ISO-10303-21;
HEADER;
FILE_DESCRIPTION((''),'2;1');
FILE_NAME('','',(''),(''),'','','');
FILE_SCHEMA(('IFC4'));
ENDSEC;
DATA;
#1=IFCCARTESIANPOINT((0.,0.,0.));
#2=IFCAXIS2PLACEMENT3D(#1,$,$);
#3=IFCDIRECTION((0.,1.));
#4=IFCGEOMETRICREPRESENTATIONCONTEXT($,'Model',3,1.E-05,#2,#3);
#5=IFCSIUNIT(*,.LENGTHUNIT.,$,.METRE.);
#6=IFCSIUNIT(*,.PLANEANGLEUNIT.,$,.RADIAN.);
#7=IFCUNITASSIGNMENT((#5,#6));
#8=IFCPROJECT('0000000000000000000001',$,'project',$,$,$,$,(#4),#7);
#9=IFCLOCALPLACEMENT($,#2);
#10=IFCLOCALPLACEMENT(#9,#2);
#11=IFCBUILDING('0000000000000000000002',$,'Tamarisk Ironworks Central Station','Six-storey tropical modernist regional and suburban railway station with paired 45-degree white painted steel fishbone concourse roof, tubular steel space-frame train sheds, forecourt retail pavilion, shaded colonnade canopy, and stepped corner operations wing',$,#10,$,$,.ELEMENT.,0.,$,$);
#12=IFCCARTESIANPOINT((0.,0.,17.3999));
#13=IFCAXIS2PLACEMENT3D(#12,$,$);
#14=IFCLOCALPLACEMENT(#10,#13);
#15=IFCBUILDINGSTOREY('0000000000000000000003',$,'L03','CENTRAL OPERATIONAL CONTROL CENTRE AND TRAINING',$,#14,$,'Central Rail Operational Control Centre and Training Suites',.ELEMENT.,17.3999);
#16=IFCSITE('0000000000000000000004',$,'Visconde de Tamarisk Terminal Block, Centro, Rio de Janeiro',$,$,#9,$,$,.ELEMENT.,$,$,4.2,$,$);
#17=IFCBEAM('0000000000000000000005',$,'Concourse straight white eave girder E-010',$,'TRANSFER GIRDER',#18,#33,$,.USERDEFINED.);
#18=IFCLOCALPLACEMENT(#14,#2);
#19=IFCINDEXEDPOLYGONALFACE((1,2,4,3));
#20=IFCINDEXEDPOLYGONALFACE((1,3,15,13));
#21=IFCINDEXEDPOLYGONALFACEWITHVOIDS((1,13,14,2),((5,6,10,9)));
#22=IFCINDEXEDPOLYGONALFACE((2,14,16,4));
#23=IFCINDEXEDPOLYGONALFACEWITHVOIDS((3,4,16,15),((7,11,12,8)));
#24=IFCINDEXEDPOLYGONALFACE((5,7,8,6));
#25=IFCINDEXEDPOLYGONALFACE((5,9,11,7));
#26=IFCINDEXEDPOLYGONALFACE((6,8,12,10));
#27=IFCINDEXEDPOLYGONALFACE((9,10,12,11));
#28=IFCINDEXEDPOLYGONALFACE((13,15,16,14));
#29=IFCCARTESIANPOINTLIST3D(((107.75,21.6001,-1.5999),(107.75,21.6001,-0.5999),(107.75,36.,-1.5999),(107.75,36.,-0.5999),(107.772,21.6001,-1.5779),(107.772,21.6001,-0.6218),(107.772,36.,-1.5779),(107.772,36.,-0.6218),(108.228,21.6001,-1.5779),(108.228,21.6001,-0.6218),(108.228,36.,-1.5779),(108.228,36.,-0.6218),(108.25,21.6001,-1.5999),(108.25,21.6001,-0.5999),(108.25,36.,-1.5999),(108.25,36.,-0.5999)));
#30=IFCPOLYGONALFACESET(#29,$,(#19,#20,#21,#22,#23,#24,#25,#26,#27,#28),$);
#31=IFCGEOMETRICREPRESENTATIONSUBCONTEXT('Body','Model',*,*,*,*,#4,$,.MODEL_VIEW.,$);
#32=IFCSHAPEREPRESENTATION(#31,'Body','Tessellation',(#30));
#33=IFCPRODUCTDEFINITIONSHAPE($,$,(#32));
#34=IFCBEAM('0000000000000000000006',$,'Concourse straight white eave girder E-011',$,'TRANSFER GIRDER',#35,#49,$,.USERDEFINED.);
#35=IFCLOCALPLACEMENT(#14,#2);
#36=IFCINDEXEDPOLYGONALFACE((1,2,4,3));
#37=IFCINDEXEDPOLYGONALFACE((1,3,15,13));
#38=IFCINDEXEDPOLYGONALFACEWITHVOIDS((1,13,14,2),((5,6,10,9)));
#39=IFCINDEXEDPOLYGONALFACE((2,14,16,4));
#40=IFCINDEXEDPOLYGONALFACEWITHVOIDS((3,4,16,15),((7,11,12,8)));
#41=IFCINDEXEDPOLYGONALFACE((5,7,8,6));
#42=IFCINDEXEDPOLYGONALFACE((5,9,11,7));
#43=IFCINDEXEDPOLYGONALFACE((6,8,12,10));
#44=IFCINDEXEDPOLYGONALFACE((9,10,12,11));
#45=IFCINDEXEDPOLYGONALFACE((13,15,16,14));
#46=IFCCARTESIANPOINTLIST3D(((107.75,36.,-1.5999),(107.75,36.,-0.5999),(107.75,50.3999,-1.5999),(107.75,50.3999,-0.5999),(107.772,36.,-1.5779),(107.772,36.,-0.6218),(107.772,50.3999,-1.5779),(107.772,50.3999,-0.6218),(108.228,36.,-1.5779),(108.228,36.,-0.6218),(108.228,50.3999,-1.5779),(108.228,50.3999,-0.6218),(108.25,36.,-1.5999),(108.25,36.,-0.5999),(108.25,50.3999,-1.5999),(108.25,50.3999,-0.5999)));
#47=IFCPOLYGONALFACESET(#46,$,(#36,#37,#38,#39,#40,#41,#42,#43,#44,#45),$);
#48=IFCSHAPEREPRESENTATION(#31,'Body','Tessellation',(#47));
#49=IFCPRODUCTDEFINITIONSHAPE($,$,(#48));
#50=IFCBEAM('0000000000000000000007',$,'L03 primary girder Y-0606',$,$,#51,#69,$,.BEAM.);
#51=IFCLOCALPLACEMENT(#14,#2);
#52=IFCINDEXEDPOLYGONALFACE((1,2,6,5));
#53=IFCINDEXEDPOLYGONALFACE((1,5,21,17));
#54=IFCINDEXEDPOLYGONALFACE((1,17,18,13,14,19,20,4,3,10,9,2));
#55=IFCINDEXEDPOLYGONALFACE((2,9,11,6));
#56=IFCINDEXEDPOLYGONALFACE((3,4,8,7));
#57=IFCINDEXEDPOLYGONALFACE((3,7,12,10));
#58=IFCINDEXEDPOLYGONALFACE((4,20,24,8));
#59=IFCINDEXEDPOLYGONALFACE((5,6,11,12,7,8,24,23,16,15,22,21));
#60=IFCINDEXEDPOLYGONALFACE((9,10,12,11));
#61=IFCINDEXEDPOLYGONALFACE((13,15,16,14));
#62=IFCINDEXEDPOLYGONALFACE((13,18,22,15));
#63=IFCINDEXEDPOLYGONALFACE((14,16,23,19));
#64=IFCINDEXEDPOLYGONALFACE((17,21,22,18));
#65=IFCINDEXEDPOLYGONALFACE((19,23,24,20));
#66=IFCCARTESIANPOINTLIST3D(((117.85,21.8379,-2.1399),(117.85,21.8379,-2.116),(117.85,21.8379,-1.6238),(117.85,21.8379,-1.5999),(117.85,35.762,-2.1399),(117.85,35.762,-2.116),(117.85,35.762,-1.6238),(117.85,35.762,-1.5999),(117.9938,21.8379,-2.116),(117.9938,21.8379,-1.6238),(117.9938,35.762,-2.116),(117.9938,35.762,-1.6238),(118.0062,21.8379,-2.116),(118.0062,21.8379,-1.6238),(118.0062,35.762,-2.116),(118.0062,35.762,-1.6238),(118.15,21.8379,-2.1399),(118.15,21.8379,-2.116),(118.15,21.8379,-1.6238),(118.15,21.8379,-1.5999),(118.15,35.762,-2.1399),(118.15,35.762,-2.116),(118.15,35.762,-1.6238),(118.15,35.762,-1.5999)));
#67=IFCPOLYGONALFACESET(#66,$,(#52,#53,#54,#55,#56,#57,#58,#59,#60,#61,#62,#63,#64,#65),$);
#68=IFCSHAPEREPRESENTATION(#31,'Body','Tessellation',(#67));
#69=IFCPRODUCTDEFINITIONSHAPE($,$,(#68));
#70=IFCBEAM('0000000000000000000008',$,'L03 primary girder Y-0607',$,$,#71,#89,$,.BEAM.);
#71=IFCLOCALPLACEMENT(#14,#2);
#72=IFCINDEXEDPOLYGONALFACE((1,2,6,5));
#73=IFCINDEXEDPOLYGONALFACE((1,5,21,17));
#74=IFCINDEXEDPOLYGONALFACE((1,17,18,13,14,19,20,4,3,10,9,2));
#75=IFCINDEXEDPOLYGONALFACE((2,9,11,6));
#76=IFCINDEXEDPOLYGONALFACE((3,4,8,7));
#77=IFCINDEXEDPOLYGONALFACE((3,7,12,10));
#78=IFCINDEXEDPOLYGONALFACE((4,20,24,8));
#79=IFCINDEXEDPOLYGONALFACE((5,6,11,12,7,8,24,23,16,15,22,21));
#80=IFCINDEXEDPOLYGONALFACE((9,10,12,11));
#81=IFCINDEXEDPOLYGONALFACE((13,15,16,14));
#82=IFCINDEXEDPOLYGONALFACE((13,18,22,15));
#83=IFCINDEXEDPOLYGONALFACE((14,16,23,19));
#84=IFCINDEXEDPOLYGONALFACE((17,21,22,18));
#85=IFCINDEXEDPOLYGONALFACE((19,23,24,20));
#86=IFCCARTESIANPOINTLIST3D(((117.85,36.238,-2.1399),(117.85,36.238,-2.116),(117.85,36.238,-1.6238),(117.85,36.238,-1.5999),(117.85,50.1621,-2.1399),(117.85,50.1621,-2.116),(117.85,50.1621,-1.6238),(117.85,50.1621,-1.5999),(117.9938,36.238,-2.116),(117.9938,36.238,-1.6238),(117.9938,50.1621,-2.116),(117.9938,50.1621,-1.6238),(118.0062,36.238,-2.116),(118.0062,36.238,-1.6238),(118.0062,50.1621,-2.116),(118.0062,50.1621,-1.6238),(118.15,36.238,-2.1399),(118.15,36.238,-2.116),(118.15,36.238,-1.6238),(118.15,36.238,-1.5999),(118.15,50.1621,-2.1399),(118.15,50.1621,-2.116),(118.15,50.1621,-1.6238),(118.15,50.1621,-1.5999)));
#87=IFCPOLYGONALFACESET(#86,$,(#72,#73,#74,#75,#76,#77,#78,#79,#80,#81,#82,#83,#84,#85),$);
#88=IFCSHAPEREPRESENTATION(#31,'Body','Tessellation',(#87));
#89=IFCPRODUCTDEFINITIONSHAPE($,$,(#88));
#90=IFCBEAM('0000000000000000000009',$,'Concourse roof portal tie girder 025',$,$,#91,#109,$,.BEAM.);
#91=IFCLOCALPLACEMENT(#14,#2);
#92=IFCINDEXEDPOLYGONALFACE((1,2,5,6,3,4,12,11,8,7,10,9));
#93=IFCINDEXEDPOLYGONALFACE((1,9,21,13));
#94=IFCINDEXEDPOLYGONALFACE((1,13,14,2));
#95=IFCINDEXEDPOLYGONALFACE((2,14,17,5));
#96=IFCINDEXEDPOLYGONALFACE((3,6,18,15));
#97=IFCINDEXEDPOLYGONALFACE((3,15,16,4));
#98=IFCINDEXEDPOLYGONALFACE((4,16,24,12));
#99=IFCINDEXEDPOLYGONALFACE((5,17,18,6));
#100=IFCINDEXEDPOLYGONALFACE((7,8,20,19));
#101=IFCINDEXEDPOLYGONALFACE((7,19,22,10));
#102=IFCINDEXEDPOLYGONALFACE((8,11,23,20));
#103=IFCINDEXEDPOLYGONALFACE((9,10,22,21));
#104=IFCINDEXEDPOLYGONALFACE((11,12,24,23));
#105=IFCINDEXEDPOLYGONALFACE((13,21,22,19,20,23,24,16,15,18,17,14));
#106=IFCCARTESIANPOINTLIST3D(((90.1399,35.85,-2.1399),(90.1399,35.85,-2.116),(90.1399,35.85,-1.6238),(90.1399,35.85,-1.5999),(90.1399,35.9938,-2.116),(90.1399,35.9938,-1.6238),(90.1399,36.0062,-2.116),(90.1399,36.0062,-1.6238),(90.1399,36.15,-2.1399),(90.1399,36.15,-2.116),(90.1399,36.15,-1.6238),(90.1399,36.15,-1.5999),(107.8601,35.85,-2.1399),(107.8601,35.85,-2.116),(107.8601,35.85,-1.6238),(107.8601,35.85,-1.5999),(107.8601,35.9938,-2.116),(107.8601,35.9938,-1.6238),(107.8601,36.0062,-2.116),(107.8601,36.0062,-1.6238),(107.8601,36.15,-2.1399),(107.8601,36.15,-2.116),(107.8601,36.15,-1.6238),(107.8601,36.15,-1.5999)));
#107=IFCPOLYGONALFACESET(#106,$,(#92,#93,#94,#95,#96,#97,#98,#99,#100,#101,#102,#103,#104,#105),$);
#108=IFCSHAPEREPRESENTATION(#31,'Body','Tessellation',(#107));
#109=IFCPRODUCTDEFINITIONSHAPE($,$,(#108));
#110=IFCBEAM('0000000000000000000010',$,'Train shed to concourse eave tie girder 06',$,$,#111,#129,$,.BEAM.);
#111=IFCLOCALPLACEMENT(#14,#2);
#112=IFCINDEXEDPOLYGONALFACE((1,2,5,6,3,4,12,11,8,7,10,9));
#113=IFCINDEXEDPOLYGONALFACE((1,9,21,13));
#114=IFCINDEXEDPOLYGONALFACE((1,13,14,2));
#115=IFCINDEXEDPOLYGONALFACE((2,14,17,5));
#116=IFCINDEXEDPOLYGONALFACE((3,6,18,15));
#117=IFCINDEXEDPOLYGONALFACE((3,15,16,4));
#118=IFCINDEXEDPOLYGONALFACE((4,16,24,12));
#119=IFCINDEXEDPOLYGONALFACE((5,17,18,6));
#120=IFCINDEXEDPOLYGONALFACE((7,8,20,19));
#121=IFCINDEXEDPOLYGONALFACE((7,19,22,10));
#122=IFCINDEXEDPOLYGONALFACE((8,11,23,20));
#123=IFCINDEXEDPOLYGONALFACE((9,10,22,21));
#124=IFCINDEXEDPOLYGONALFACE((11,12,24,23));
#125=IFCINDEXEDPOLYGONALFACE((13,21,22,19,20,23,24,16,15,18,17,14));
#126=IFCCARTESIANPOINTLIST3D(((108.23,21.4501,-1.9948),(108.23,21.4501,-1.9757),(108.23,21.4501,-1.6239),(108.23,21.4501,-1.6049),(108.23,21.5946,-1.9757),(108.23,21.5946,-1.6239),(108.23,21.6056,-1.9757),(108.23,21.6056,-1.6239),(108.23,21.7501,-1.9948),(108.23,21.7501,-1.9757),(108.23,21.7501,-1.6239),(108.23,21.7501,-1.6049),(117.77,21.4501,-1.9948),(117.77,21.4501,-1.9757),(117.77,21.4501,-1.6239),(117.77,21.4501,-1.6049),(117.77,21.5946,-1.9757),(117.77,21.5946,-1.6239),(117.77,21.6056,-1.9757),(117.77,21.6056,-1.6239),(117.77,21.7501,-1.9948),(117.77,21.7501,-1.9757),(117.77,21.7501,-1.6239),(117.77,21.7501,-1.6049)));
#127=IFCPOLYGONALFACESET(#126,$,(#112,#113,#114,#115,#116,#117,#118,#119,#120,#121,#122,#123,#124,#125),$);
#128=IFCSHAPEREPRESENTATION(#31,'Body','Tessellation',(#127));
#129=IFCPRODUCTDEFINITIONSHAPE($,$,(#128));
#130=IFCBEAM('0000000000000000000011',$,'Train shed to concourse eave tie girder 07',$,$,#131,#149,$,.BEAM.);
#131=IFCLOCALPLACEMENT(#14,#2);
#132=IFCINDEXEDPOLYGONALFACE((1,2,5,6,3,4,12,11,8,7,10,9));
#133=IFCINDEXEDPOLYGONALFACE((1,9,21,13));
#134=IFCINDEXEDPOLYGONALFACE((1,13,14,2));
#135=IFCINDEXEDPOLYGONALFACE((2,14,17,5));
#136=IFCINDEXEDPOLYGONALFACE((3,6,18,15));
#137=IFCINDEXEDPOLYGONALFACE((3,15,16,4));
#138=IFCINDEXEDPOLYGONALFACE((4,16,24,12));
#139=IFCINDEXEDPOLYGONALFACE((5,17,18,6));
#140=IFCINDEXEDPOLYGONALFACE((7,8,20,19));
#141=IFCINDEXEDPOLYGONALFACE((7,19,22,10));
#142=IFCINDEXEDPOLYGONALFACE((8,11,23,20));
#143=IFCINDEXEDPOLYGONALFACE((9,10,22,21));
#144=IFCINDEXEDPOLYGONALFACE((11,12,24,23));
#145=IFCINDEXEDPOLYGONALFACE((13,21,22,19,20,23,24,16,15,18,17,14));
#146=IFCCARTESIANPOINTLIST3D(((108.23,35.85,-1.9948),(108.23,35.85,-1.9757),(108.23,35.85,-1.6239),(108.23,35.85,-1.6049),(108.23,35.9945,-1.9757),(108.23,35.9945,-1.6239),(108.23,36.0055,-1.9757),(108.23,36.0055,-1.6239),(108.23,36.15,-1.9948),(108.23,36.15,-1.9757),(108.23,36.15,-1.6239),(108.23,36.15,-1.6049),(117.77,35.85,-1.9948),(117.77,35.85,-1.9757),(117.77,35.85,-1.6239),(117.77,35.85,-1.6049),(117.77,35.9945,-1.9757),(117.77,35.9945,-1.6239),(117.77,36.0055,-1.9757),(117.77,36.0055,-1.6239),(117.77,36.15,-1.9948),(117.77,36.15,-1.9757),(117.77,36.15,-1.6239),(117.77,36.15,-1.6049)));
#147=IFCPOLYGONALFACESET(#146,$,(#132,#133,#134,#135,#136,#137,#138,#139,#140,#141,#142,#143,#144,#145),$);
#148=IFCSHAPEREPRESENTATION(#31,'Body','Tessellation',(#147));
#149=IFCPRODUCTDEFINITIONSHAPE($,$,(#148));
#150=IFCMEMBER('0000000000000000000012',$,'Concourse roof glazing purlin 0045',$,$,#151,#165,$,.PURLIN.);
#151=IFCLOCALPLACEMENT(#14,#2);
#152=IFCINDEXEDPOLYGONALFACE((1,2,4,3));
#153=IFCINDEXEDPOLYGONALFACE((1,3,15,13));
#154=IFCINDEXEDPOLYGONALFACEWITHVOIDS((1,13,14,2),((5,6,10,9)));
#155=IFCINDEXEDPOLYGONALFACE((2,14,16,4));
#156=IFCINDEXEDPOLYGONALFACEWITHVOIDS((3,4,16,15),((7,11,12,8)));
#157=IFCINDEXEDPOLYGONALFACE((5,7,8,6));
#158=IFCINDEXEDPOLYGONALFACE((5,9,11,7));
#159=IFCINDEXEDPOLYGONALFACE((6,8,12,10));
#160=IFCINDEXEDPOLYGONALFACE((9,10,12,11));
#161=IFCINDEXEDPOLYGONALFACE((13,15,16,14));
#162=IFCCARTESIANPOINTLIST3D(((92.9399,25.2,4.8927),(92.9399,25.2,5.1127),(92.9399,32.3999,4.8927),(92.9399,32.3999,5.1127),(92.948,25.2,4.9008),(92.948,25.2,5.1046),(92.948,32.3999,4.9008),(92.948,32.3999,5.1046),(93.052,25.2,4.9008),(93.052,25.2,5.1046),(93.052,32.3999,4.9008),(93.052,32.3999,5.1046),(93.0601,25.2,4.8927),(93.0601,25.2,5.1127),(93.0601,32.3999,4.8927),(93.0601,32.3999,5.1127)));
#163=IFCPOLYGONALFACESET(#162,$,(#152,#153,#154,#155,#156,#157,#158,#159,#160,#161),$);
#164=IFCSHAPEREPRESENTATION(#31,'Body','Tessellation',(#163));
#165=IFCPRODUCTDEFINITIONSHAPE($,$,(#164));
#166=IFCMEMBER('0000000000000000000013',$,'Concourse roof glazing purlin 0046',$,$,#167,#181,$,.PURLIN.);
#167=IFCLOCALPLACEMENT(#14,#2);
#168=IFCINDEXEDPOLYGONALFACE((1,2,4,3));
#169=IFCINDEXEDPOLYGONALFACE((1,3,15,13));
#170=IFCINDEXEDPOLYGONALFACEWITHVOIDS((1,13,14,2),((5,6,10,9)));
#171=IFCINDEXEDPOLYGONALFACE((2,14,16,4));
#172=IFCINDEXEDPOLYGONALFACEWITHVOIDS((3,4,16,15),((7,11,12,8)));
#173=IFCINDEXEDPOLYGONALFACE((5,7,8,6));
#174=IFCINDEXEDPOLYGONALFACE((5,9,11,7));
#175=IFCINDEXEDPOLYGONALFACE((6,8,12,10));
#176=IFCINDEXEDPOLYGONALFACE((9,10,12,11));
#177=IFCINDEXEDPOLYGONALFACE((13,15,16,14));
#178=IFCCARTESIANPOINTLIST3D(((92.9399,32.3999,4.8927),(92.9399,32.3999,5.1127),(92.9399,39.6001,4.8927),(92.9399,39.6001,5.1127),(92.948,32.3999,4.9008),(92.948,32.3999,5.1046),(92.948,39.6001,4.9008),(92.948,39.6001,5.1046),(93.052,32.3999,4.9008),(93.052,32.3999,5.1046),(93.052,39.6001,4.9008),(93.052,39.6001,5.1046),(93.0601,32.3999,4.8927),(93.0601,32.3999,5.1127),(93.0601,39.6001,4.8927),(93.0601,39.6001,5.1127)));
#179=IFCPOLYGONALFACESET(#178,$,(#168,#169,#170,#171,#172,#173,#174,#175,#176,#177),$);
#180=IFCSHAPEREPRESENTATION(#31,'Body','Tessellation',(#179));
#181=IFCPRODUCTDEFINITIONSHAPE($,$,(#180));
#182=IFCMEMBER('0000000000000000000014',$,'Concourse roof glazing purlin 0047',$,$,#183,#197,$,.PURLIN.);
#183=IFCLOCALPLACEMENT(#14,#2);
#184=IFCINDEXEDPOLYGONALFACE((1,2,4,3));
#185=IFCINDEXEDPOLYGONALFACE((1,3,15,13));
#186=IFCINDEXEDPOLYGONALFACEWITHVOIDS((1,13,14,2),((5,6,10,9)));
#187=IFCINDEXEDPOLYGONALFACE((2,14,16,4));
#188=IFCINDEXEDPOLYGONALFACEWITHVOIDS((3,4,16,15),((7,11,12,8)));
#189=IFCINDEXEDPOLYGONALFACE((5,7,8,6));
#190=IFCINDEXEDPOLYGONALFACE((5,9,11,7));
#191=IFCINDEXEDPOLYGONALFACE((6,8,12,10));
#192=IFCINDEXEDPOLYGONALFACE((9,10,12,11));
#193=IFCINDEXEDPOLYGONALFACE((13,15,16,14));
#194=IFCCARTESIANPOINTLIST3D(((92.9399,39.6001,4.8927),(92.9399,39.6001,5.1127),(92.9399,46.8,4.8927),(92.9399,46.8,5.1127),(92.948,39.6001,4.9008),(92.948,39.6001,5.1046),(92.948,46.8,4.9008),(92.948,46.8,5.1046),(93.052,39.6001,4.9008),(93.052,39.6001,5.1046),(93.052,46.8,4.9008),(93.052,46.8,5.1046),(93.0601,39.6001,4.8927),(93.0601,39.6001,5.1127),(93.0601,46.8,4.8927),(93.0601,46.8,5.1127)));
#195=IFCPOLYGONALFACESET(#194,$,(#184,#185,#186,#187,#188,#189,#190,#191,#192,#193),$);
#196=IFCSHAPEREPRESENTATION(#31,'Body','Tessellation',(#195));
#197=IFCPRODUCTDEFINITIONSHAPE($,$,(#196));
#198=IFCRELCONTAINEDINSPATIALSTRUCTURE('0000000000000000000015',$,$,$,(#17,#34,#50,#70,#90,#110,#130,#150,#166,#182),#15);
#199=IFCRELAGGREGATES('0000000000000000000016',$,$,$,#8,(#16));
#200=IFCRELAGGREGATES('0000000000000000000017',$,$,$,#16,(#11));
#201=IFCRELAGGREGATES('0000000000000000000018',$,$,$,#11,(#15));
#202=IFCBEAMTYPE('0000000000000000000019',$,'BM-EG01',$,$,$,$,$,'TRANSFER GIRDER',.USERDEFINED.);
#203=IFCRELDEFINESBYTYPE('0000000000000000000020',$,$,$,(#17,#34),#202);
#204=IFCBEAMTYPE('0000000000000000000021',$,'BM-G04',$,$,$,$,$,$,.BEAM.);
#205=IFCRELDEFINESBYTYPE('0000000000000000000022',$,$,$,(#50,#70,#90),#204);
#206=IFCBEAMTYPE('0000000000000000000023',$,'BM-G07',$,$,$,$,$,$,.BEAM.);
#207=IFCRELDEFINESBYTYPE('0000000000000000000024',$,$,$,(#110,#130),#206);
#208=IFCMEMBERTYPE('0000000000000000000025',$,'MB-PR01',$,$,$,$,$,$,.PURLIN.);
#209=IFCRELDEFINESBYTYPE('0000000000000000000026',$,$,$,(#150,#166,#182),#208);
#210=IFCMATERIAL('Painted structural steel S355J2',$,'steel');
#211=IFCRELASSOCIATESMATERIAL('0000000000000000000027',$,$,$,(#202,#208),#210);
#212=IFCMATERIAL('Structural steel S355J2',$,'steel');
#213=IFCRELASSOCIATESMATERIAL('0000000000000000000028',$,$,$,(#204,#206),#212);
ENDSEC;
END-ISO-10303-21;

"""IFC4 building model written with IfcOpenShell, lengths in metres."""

from ifc_helpers import new_model, si_unit, direction, frame, origin, origin_2d, place, context, subcontext, project, spatial, hollow_rectangle, i_section, extrude, material, material_profile, profile_set, type_object, element, save


model = new_model("IFC4")

# Units and contexts
model_context = context("Model", 3, precision=1e-05, world=origin(), true_north=direction((0.0, 1.0)))
body_context = subcontext(model_context, "Body", "Model", "MODEL_VIEW")
ifc_project = project(units=[si_unit("LENGTHUNIT", "METRE"), si_unit("PLANEANGLEUNIT", "RADIAN")], contexts=[model_context])

# Site, building, storey
site_placement = place(None, origin())
site = spatial("IfcSite", under=ifc_project, at=site_placement, Name="Visconde de Tamarisk Terminal Block, Centro, Rio de Janeiro", CompositionType="ELEMENT", RefElevation=4.2)
building_placement = place(site_placement, origin())
building = spatial("IfcBuilding", under=site, at=building_placement, Name="Tamarisk Ironworks Central Station", Description="Six-storey tropical modernist regional and suburban railway station with paired 45-degree white painted steel fishbone concourse roof, tubular steel space-frame train sheds, forecourt retail pavilion, shaded colonnade canopy, and stepped corner operations wing", CompositionType="ELEMENT", ElevationOfRefHeight=0.0)
storey_placement = place(building_placement, frame((0.0, 0.0, 17.3999)))
storey = spatial("IfcBuildingStorey", under=building, at=storey_placement, Name="L03", Description="CENTRAL OPERATIONAL CONTROL CENTRE AND TRAINING", LongName="Central Rail Operational Control Centre and Training Suites", CompositionType="ELEMENT", Elevation=17.3999)

# Beams
ifc_material_1 = material(Name="Painted structural steel S355J2", Category="steel")
ifc_material_profile_1 = material_profile(ifc_material_1, hollow_rectangle(XDim=0.5, YDim=1.0, WallThickness=0.022, at=origin_2d()), Name="BOX 500x1000x22")
ifc_profile_set_1 = profile_set([ifc_material_profile_1], Name="Painted structural steel S355J2")
beam_type_1 = type_object("IfcBeamType", Name="BM-EG01", ElementType="TRANSFER GIRDER", PredefinedType="USERDEFINED", material=ifc_profile_set_1)
for number, where, z_axis, x_axis, name in (
    (1, (108.0, 21.6001, -1.0999), (0.0, 1.0, 0.0), (-1.0, 0.0, 0.0), "Concourse straight white eave girder E-010"),
    (2, (108.0, 36.0, -1.0999), (0.0, 1.0, 0.0), (-1.0, 0.0, 0.0), "Concourse straight white eave girder E-011"),
):
    element("IfcBeam", number, at=place(storey_placement, frame(where, z_axis=z_axis, x_axis=x_axis)), inside=storey, type_object=beam_type_1, Name=name, ObjectType="TRANSFER GIRDER", PredefinedType="USERDEFINED", context=body_context, shape_type="SweptSolid", body=[
        extrude(hollow_rectangle(XDim=0.5, YDim=1.0, WallThickness=0.022, at=origin_2d()), origin(), (0.0, 0.0, 1.0), 14.3999),
    ])
ifc_material_2 = material(Name="Structural steel S355J2", Category="steel")
ifc_material_profile_2 = material_profile(ifc_material_2, i_section(OverallWidth=0.3, OverallDepth=0.54, WebThickness=0.0125, FlangeThickness=0.0239, at=origin_2d()), Name="HEA 550")
ifc_profile_set_2 = profile_set([ifc_material_profile_2], Name="Structural steel S355J2")
beam_type_2 = type_object("IfcBeamType", Name="BM-G04", PredefinedType="BEAM", material=ifc_profile_set_2)
for number, where, z_axis, x_axis, name in (
    (3, (118.0, 21.8379, -1.8699), (0.0, 1.0, 0.0), (-1.0, 0.0, 0.0), "L03 primary girder Y-0606"),
    (4, (118.0, 36.238, -1.8699), (0.0, 1.0, 0.0), (-1.0, 0.0, 0.0), "L03 primary girder Y-0607"),
):
    element("IfcBeam", number, at=place(storey_placement, frame(where, z_axis=z_axis, x_axis=x_axis)), inside=storey, type_object=beam_type_2, Name=name, PredefinedType="BEAM", context=body_context, shape_type="SweptSolid", body=[
        extrude(i_section(OverallWidth=0.3, OverallDepth=0.54, WebThickness=0.0125, FlangeThickness=0.0239, at=origin_2d()), origin(), (0.0, 0.0, 1.0), 13.9241),
    ])
beam_placement = place(storey_placement, frame((90.1399, 36.0, -1.8699), z_axis=(1.0, 0.0, 0.0), x_axis=(0.0, 1.0, 0.0)))
element("IfcBeam", 5, at=beam_placement, inside=storey, type_object=beam_type_2, Name="Concourse roof portal tie girder 025", PredefinedType="BEAM", context=body_context, shape_type="SweptSolid", body=[
    extrude(i_section(OverallWidth=0.3, OverallDepth=0.54, WebThickness=0.0125, FlangeThickness=0.0239, at=origin_2d()), origin(), (0.0, 0.0, 1.0), 17.7202),
])
ifc_material_profile_3 = material_profile(ifc_material_2, i_section(OverallWidth=0.3, OverallDepth=0.3899, WebThickness=0.011, FlangeThickness=0.019, at=origin_2d()), Name="HEA 400")
ifc_profile_set_3 = profile_set([ifc_material_profile_3], Name="Structural steel S355J2")
beam_type_3 = type_object("IfcBeamType", Name="BM-G07", PredefinedType="BEAM", material=ifc_profile_set_3)
for number, where, z_axis, x_axis, name in (
    (6, (108.23, 21.6001, -1.7998), (1.0, 0.0, 0.0), (0.0, 1.0, 0.0), "Train shed to concourse eave tie girder 06"),
    (7, (108.23, 36.0, -1.7998), (1.0, 0.0, 0.0), (0.0, 1.0, 0.0), "Train shed to concourse eave tie girder 07"),
):
    element("IfcBeam", number, at=place(storey_placement, frame(where, z_axis=z_axis, x_axis=x_axis)), inside=storey, type_object=beam_type_3, Name=name, PredefinedType="BEAM", context=body_context, shape_type="SweptSolid", body=[
        extrude(i_section(OverallWidth=0.3, OverallDepth=0.3899, WebThickness=0.011, FlangeThickness=0.019, at=origin_2d()), origin(), (0.0, 0.0, 1.0), 9.54),
    ])

# Members
ifc_material_profile_4 = material_profile(ifc_material_1, hollow_rectangle(XDim=0.1201, YDim=0.22, WallThickness=0.0081, at=origin_2d()), Name="RHS 220x120x8")
ifc_profile_set_4 = profile_set([ifc_material_profile_4], Name="Painted structural steel S355J2")
member_type_1 = type_object("IfcMemberType", Name="MB-PR01", PredefinedType="PURLIN", material=ifc_profile_set_4)
member_1_placement = place(storey_placement, frame((93.0, 25.2, 5.0027), z_axis=(0.0, 1.0, 0.0), x_axis=(-1.0, 0.0, 0.0)))
element("IfcMember", 8, at=member_1_placement, inside=storey, type_object=member_type_1, Name="Concourse roof glazing purlin 0045", PredefinedType="PURLIN", context=body_context, shape_type="SweptSolid", body=[
    extrude(hollow_rectangle(XDim=0.1201, YDim=0.22, WallThickness=0.0081, at=origin_2d()), origin(), (0.0, 0.0, 1.0), 7.2),
])
member_2_placement = place(storey_placement, frame((93.0, 32.3999, 5.0027), z_axis=(0.0, 1.0, 0.0), x_axis=(-1.0, 0.0, 0.0)))
element("IfcMember", 9, at=member_2_placement, inside=storey, type_object=member_type_1, Name="Concourse roof glazing purlin 0046", PredefinedType="PURLIN", context=body_context, shape_type="SweptSolid", body=[
    extrude(hollow_rectangle(XDim=0.1201, YDim=0.22, WallThickness=0.0081, at=origin_2d()), origin(), (0.0, 0.0, 1.0), 7.2002),
])
for number, where, z_axis, x_axis, name in (
    (10, (93.0, 39.6001, 5.0027), (0.0, 1.0, 0.0), (-1.0, 0.0, 0.0), "Concourse roof glazing purlin 0047"),
):
    element("IfcMember", number, at=place(storey_placement, frame(where, z_axis=z_axis, x_axis=x_axis)), inside=storey, type_object=member_type_1, Name=name, PredefinedType="PURLIN", context=body_context, shape_type="SweptSolid", body=[
        extrude(hollow_rectangle(XDim=0.1201, YDim=0.22, WallThickness=0.0081, at=origin_2d()), origin(), (0.0, 0.0, 1.0), 7.2),
    ])

save(model, "model.ifc")
